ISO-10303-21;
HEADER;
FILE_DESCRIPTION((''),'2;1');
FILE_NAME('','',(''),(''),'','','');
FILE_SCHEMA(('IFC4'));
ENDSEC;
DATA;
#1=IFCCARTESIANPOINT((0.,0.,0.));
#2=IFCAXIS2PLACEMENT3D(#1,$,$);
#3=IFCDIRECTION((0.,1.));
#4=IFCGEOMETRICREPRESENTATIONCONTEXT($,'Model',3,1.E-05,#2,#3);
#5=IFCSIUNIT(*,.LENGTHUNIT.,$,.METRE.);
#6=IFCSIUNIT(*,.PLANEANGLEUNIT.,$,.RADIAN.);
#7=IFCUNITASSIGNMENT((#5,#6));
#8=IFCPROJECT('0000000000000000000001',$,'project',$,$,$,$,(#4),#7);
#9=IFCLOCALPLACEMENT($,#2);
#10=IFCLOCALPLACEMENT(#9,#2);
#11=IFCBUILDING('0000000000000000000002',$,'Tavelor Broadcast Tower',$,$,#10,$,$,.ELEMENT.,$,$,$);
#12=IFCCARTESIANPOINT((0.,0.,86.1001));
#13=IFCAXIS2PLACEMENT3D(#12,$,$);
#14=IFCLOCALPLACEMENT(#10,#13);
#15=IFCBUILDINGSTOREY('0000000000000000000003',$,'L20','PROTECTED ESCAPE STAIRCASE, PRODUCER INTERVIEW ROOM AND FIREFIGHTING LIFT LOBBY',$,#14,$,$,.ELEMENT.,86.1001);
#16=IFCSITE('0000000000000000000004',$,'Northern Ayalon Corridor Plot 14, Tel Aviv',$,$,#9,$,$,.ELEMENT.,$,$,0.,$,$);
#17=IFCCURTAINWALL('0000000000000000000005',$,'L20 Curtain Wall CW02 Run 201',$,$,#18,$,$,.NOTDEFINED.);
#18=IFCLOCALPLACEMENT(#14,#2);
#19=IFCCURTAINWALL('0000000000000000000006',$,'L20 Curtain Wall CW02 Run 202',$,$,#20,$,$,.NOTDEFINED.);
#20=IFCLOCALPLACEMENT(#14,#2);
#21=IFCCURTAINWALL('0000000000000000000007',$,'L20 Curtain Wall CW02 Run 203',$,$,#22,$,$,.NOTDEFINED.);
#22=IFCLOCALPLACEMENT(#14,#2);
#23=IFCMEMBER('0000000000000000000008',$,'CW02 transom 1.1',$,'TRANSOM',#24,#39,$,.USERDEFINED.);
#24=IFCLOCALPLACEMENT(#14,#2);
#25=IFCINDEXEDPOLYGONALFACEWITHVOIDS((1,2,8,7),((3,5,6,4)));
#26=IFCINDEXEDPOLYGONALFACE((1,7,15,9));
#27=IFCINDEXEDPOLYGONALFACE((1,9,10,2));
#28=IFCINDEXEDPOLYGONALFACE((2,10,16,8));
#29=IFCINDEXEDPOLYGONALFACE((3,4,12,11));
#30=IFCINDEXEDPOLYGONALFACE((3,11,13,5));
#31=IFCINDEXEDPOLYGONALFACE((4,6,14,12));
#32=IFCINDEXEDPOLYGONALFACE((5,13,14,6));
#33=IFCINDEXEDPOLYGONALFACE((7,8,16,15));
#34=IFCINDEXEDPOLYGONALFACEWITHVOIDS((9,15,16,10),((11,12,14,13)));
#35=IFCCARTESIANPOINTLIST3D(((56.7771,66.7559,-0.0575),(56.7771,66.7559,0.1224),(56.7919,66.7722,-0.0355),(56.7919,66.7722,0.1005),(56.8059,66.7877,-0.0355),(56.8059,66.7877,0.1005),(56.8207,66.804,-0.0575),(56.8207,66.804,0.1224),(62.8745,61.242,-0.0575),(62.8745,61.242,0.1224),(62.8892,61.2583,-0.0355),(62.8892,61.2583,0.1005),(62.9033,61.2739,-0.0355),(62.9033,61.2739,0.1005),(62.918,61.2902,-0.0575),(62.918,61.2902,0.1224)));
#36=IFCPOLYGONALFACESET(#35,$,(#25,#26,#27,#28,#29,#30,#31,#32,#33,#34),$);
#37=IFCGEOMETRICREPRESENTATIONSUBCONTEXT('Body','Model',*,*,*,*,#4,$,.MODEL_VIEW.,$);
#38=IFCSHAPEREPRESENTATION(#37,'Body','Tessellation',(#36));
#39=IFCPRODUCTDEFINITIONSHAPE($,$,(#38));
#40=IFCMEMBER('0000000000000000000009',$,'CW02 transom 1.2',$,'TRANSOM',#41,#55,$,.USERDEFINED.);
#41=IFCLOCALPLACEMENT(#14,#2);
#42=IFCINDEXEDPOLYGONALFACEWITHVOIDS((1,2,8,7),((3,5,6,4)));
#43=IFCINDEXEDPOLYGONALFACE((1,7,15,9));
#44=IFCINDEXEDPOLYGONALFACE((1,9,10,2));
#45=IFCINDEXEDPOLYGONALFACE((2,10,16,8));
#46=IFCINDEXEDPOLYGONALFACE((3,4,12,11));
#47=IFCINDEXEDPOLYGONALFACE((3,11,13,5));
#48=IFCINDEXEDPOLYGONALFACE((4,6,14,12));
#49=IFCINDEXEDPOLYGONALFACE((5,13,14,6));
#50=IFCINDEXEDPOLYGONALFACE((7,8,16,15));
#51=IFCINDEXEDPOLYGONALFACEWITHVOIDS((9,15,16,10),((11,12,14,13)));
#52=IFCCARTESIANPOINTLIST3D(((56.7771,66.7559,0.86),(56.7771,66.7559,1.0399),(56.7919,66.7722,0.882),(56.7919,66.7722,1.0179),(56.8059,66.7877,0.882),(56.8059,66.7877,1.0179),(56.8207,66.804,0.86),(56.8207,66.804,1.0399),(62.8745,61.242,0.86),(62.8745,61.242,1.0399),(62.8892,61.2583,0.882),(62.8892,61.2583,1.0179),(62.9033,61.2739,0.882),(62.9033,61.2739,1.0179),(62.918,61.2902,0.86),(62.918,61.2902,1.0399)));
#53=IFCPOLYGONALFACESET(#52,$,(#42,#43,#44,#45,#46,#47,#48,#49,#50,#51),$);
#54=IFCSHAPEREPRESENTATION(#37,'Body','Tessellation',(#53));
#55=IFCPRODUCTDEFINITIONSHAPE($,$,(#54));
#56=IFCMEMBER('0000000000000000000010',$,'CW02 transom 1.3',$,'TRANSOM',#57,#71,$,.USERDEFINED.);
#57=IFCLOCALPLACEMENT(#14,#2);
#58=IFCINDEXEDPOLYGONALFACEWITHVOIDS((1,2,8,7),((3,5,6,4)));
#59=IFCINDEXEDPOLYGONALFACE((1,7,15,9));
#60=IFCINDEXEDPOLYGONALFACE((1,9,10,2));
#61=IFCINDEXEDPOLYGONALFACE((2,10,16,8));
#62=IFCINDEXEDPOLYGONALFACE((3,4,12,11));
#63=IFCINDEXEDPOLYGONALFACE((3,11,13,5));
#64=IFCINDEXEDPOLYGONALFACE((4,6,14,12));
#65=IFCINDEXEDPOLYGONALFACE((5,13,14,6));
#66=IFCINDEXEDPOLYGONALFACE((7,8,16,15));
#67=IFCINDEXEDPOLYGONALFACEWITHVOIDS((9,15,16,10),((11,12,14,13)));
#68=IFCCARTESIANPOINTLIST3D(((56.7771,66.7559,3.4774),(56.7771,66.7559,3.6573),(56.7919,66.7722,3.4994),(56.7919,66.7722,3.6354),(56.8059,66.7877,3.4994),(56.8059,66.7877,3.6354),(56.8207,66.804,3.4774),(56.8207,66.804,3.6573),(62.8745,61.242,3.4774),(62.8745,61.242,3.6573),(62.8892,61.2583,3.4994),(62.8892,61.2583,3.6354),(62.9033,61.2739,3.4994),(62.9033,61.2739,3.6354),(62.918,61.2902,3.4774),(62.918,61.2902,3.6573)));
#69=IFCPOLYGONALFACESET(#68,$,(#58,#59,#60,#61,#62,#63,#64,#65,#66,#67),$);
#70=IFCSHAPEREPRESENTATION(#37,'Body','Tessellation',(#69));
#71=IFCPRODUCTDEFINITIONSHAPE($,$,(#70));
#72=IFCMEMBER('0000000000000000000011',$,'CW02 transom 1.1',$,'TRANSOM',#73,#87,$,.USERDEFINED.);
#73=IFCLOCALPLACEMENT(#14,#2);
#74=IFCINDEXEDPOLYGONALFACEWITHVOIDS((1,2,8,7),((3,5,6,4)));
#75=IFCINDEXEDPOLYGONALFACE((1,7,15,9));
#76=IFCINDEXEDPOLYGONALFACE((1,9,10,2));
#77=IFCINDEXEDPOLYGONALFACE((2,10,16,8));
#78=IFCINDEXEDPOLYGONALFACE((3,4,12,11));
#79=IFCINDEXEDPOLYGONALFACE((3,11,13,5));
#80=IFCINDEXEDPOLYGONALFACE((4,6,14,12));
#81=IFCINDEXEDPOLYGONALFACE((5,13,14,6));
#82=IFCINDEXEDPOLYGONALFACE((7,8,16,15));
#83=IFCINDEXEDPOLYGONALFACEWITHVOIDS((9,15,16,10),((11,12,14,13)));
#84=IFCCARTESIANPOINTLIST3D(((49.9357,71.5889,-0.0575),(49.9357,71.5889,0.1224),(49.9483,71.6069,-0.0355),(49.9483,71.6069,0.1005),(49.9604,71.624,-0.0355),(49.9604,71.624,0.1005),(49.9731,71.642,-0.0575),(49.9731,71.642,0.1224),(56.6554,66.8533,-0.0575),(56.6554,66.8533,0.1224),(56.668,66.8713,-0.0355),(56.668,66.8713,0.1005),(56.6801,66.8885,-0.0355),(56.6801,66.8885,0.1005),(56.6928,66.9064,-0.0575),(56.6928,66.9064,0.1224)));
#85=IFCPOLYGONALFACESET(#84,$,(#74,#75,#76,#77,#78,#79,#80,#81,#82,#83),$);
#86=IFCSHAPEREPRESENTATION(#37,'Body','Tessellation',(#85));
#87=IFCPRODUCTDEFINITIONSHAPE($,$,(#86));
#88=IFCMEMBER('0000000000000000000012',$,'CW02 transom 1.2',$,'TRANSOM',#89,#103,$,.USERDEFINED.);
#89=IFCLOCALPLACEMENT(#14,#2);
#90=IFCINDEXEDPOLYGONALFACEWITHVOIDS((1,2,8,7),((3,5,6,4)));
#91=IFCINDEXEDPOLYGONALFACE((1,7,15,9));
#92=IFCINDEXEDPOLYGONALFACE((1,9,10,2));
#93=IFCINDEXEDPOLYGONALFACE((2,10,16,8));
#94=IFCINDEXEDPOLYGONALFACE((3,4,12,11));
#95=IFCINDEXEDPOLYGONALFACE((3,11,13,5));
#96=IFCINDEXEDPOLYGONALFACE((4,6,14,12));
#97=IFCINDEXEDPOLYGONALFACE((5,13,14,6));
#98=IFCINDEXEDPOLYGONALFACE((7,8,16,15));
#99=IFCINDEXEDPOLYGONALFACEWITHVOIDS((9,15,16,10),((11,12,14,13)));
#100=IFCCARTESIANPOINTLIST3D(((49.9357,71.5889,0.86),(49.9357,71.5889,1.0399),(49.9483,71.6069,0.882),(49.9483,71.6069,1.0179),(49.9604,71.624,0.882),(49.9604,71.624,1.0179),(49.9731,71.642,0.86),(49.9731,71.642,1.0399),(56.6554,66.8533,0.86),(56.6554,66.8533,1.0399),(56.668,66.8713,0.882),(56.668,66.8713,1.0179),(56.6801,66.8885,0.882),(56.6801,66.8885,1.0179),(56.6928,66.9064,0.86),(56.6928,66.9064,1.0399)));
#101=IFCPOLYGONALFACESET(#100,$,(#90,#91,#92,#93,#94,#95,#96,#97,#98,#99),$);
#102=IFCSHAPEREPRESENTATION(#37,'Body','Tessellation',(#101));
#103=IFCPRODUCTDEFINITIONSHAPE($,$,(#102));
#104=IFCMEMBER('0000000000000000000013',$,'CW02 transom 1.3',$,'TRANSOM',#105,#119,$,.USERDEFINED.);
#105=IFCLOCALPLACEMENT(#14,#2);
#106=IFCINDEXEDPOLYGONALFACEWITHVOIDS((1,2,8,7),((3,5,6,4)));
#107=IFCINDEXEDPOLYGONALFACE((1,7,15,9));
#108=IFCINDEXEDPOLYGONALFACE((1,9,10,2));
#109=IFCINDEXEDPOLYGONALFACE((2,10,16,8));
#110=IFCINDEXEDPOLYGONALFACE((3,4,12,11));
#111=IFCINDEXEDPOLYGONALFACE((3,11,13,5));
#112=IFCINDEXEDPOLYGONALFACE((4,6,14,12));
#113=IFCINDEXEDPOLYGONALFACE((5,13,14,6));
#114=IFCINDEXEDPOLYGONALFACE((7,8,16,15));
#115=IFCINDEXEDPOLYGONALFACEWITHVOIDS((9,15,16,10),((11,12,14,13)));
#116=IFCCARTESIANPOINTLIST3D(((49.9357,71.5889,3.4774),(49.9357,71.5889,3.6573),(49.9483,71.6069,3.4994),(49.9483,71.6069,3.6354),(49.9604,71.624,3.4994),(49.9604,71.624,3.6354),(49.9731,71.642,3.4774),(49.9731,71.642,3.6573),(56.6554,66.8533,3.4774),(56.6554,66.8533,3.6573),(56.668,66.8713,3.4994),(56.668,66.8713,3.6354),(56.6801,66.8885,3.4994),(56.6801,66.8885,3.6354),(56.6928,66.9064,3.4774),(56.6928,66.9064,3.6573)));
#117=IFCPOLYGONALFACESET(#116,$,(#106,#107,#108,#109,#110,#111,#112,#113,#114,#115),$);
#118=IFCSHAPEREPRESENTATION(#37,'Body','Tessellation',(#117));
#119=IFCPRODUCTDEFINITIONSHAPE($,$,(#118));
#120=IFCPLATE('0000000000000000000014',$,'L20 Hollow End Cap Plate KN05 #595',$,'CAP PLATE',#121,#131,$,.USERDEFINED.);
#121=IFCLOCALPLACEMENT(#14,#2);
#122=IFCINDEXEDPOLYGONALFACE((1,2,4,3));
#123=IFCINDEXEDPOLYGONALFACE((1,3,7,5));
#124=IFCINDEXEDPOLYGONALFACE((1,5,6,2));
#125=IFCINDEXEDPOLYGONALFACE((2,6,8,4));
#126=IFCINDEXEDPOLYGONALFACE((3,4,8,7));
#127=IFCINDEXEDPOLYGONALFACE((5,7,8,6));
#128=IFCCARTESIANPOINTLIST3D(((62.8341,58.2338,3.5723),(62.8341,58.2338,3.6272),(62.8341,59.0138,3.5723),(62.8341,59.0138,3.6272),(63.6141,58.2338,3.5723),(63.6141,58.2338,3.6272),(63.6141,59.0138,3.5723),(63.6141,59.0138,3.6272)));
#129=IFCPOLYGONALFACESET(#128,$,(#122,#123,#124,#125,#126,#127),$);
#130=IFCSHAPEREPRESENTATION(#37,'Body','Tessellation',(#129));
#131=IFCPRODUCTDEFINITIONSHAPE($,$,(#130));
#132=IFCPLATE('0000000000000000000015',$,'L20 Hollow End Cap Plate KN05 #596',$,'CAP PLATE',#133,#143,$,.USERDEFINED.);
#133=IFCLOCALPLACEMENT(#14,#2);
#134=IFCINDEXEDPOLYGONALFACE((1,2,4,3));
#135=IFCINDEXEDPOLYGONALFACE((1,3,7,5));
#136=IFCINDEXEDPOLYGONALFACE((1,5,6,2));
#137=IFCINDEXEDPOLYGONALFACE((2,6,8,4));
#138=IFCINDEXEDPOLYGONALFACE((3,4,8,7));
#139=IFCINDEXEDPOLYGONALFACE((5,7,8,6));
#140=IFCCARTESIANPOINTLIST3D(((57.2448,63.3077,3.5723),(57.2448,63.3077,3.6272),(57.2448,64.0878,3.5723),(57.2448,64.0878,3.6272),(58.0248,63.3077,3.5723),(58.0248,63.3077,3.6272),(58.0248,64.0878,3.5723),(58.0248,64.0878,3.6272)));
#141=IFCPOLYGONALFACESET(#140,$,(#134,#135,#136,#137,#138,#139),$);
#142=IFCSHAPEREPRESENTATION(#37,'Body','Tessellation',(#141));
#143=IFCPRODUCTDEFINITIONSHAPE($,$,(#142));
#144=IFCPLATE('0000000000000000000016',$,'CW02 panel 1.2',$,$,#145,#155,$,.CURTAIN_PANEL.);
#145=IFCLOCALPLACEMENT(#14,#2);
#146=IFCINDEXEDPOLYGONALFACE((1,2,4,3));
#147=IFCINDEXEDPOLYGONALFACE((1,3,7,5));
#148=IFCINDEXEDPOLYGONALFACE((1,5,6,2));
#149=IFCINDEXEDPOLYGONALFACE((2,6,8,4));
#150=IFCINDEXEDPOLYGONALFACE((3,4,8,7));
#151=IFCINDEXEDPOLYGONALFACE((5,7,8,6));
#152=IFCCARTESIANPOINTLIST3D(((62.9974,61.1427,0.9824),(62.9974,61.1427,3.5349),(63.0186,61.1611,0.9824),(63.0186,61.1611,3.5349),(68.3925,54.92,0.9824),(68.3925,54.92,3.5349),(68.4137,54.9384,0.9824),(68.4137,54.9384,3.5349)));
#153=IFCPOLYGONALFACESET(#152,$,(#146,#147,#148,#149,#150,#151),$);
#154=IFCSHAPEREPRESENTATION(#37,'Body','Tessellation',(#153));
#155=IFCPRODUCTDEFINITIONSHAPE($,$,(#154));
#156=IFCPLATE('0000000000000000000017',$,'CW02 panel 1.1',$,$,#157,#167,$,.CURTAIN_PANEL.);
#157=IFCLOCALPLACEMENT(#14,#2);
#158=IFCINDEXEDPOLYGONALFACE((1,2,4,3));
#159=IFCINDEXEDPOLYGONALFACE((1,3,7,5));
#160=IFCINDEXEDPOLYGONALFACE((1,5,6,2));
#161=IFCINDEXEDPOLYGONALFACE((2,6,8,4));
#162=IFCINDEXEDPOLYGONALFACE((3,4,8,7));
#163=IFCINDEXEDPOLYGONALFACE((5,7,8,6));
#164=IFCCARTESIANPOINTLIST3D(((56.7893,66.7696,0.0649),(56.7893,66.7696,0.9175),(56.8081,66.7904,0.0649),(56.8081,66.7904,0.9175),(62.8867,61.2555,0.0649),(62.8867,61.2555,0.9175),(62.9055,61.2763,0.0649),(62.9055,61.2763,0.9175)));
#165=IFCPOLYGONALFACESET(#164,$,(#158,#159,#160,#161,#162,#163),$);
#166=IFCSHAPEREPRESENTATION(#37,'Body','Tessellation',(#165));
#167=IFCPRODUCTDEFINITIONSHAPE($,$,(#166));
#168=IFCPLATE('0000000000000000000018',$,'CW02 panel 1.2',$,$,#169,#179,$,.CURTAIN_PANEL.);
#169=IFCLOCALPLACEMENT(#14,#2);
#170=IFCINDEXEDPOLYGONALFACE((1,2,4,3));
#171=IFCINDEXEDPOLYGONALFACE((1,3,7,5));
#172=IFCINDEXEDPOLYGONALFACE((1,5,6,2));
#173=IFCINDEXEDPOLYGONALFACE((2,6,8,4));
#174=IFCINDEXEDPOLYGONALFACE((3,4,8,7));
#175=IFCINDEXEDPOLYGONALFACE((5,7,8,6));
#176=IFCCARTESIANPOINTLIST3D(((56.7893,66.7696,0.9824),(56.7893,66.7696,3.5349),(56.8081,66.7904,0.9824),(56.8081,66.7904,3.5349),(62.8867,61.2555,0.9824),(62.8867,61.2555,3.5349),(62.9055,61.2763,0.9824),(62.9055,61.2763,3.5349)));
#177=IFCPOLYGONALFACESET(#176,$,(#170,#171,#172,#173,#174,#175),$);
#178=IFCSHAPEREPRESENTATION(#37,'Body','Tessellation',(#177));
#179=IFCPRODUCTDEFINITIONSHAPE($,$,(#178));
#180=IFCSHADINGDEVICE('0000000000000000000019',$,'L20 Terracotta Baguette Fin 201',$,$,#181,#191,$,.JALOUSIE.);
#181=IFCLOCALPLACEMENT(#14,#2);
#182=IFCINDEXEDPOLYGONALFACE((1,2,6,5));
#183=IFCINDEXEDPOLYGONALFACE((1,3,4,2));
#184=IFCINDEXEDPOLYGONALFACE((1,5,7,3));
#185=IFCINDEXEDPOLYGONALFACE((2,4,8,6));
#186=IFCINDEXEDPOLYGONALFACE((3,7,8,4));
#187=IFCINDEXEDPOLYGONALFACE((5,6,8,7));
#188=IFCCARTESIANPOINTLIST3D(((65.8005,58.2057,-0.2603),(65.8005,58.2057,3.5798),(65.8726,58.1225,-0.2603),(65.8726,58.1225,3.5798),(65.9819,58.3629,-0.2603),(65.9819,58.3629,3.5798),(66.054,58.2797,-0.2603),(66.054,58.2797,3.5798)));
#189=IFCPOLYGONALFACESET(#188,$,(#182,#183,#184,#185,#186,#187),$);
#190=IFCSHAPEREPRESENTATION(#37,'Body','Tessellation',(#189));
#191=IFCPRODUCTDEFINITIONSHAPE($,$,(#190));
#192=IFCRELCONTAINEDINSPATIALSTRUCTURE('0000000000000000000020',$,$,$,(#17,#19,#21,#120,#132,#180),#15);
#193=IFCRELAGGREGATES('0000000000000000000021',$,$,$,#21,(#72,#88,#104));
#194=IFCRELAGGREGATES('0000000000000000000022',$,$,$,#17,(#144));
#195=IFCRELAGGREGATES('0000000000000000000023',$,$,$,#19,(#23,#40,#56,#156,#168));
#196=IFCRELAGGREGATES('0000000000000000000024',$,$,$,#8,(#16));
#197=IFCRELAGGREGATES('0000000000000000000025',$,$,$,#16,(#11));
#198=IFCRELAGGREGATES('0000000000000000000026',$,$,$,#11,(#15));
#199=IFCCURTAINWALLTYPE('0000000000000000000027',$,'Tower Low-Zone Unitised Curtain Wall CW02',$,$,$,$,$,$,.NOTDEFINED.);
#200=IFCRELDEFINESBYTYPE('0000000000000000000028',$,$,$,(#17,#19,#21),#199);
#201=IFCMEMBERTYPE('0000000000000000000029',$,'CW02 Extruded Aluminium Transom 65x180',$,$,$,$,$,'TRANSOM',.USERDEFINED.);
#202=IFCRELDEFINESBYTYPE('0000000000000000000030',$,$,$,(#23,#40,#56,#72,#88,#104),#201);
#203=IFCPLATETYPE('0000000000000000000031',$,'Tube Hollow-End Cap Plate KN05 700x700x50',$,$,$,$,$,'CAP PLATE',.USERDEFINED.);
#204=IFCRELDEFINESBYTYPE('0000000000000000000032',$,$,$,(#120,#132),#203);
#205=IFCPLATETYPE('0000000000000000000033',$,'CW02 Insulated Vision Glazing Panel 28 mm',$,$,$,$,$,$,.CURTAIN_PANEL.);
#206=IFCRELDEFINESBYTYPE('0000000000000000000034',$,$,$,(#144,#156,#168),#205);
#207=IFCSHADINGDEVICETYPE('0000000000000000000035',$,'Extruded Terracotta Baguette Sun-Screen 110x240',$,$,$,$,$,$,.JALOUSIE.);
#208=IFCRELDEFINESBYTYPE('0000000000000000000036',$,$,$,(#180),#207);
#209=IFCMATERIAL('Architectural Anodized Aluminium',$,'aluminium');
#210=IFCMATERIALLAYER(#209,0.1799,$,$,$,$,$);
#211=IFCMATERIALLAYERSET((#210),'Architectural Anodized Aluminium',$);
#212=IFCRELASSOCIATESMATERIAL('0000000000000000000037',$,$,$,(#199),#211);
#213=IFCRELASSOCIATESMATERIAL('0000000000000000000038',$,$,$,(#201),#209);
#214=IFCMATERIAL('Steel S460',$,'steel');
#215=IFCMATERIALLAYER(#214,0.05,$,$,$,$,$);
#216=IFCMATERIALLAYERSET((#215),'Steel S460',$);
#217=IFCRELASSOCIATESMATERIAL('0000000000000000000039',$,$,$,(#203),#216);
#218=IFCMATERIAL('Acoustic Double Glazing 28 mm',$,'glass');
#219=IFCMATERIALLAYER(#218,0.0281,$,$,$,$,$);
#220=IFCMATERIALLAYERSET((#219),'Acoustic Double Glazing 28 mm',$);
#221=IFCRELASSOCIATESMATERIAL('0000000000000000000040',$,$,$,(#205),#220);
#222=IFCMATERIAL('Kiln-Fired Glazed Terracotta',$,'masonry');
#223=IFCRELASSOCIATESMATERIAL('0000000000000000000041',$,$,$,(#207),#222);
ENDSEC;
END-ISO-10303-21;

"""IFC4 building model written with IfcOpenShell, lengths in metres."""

from ifc_helpers import new_model, si_unit, direction, frame, origin, origin_2d, place, context, subcontext, project, spatial, rectangle, hollow_rectangle, extrude, source, transform, mapped, material, layer, layer_set, material_profile, profile_set, type_object, type_shapes, element, aggregate, save


model = new_model("IFC4")

# Units and contexts
model_context = context("Model", 3, precision=1e-05, world=origin(), true_north=direction((0.0, 1.0)))
body_context = subcontext(model_context, "Body", "Model", "MODEL_VIEW")
ifc_project = project(units=[si_unit("LENGTHUNIT", "METRE"), si_unit("PLANEANGLEUNIT", "RADIAN")], contexts=[model_context])

# Site, building, storey
site_placement = place(None, origin())
site = spatial("IfcSite", under=ifc_project, at=site_placement, Name="Northern Ayalon Corridor Plot 14, Tel Aviv", CompositionType="ELEMENT", RefElevation=0.0)
building_placement = place(site_placement, origin())
building = spatial("IfcBuilding", under=site, at=building_placement, Name="Tavelor Broadcast Tower", CompositionType="ELEMENT")
storey_placement = place(building_placement, frame((0.0, 0.0, 86.1001)))
storey = spatial("IfcBuildingStorey", under=building, at=storey_placement, Name="L20", Description="PROTECTED ESCAPE STAIRCASE, PRODUCER INTERVIEW ROOM AND FIREFIGHTING LIFT LOBBY", CompositionType="ELEMENT", Elevation=86.1001)

# Shared definitions
ifc_material_1 = material(Name="Steel S460", Category="steel")

# Curtain wall
ifc_material_2 = material(Name="Architectural Anodized Aluminium", Category="aluminium")
ifc_layer_1 = layer(ifc_material_2, 0.1799)
ifc_layer_set_1 = layer_set([ifc_layer_1], Name="Architectural Anodized Aluminium")
curtain_wall_type = type_object("IfcCurtainWallType", Name="Tower Low-Zone Unitised Curtain Wall CW02", PredefinedType="NOTDEFINED", material=ifc_layer_set_1)
curtain_wall_1_placement = place(storey_placement, origin())
curtain_wall_1 = element("IfcCurtainWall", 1, at=curtain_wall_1_placement, inside=storey, type_object=curtain_wall_type, Name="L20 Curtain Wall CW02 Run 201", PredefinedType="NOTDEFINED")

# Curtain wall
curtain_wall_2_placement = place(storey_placement, origin())
curtain_wall_2 = element("IfcCurtainWall", 2, at=curtain_wall_2_placement, inside=storey, type_object=curtain_wall_type, Name="L20 Curtain Wall CW02 Run 202", PredefinedType="NOTDEFINED")

# Curtain wall
curtain_wall_3_placement = place(storey_placement, origin())
curtain_wall_3 = element("IfcCurtainWall", 3, at=curtain_wall_3_placement, inside=storey, type_object=curtain_wall_type, Name="L20 Curtain Wall CW02 Run 203", PredefinedType="NOTDEFINED")

# Members
ifc_material_profile_1 = material_profile(ifc_material_2, hollow_rectangle(XDim=0.0649, YDim=0.1799, WallThickness=0.022, at=origin_2d()), Name="RHS 65x180x22")
ifc_profile_set_1 = profile_set([ifc_material_profile_1], Name="Architectural Anodized Aluminium")
member_type_1 = type_object("IfcMemberType", Name="CW02 Extruded Aluminium Transom 65x180", ElementType="TRANSOM", PredefinedType="USERDEFINED", material=ifc_profile_set_1)
shared_shape_1 = source(origin(), body_context, "Body", "SweptSolid", [
    extrude(hollow_rectangle(XDim=0.0649, YDim=0.1799, WallThickness=0.022, at=origin_2d()), origin(), (0.0, 0.0, 1.0), 8.2207),
])
type_shapes(member_type_1, [shared_shape_1])
member_1_placement = place(storey_placement, frame((62.8962, 61.2661, 0.0325), z_axis=(-0.741705, 0.670727, 0.0), x_axis=(-0.670727, -0.741705, 0.0)))
member_1 = element("IfcMember", 4, at=member_1_placement, type_object=member_type_1, Name="CW02 transom 1.1", ObjectType="TRANSOM", PredefinedType="USERDEFINED", context=body_context, shape_type="MappedRepresentation", body=[
    mapped(shared_shape_1, transform((0.0, 0.0, 0.0), scale=1.0)),
])
member_2_placement = place(storey_placement, frame((62.8962, 61.2661, 0.95), z_axis=(-0.741705, 0.670727, 0.0), x_axis=(-0.670727, -0.741705, 0.0)))
member_2 = element("IfcMember", 5, at=member_2_placement, type_object=member_type_1, Name="CW02 transom 1.2", ObjectType="TRANSOM", PredefinedType="USERDEFINED", context=body_context, shape_type="MappedRepresentation", body=[
    mapped(shared_shape_1, transform((0.0, 0.0, 0.0), scale=1.0)),
])
member_3_placement = place(storey_placement, frame((62.8962, 61.2661, 3.5674), z_axis=(-0.741705, 0.670727, 0.0), x_axis=(-0.670727, -0.741705, 0.0)))
member_3 = element("IfcMember", 6, at=member_3_placement, type_object=member_type_1, Name="CW02 transom 1.3", ObjectType="TRANSOM", PredefinedType="USERDEFINED", context=body_context, shape_type="MappedRepresentation", body=[
    mapped(shared_shape_1, transform((0.0, 0.0, 0.0), scale=1.0)),
])
member_4_placement = place(storey_placement, frame((56.6741, 66.8799, 0.0325), z_axis=(-0.817411, 0.576055, 0.0), x_axis=(-0.576055, -0.817411, 0.0)))
member_4 = element("IfcMember", 7, at=member_4_placement, type_object=member_type_1, Name="CW02 transom 1.1", ObjectType="TRANSOM", PredefinedType="USERDEFINED", context=body_context, shape_type="MappedRepresentation", body=[
    mapped(shared_shape_1, transform((0.0, 0.0, 0.0), scale=1.0)),
])
member_5_placement = place(storey_placement, frame((56.6741, 66.8799, 0.95), z_axis=(-0.817411, 0.576055, 0.0), x_axis=(-0.576055, -0.817411, 0.0)))
member_5 = element("IfcMember", 8, at=member_5_placement, type_object=member_type_1, Name="CW02 transom 1.2", ObjectType="TRANSOM", PredefinedType="USERDEFINED", context=body_context, shape_type="MappedRepresentation", body=[
    mapped(shared_shape_1, transform((0.0, 0.0, 0.0), scale=1.0)),
])
member_6_placement = place(storey_placement, frame((56.6741, 66.8799, 3.5674), z_axis=(-0.817411, 0.576055, 0.0), x_axis=(-0.576055, -0.817411, 0.0)))
member_6 = element("IfcMember", 9, at=member_6_placement, type_object=member_type_1, Name="CW02 transom 1.3", ObjectType="TRANSOM", PredefinedType="USERDEFINED", context=body_context, shape_type="MappedRepresentation", body=[
    mapped(shared_shape_1, transform((0.0, 0.0, 0.0), scale=1.0)),
])
aggregate(curtain_wall_3, [member_4, member_5, member_6])

# Plates
ifc_layer_2 = layer(ifc_material_1, 0.05)
ifc_layer_set_2 = layer_set([ifc_layer_2], Name="Steel S460")
plate_type_1 = type_object("IfcPlateType", Name="Tube Hollow-End Cap Plate KN05 700x700x50", ElementType="CAP PLATE", PredefinedType="USERDEFINED", material=ifc_layer_set_2)
shared_shape_2 = source(origin(), body_context, "Body", "SweptSolid", [
    extrude(rectangle(XDim=0.78, YDim=0.78, at=origin_2d()), origin(), (0.0, 0.0, 1.0), 0.0549),
])
type_shapes(plate_type_1, [shared_shape_2])
for number, where, z_axis, x_axis, name in (
    (10, (63.2241, 58.6238, 3.5723), (0.0, 0.0, 1.0), (1.0, 0.0, 0.0), "L20 Hollow End Cap Plate KN05 #595"),
    (11, (57.6348, 63.6978, 3.5723), (0.0, 0.0, 1.0), (1.0, 0.0, 0.0), "L20 Hollow End Cap Plate KN05 #596"),
):
    element("IfcPlate", number, at=place(storey_placement, frame(where, z_axis=z_axis, x_axis=x_axis)), inside=storey, type_object=plate_type_1, Name=name, ObjectType="CAP PLATE", PredefinedType="USERDEFINED", context=body_context, shape_type="MappedRepresentation", body=[
        mapped(shared_shape_2, transform((0.0, 0.0, 0.0), scale=1.0)),
    ])

# Plates
ifc_material_3 = material(Name="Acoustic Double Glazing 28 mm", Category="glass")
ifc_layer_3 = layer(ifc_material_3, 0.0281)
ifc_layer_set_3 = layer_set([ifc_layer_3], Name="Acoustic Double Glazing 28 mm")
plate_type_2 = type_object("IfcPlateType", Name="CW02 Insulated Vision Glazing Panel 28 mm", PredefinedType="CURTAIN_PANEL", material=ifc_layer_set_3)
shared_shape_3 = source(origin(), body_context, "Body", "SweptSolid", [
    extrude(rectangle(XDim=8.2358, YDim=0.0281, at=origin_2d()), origin(), (0.0, 0.0, 1.0), 2.5525),
])
plate_1_placement = place(storey_placement, frame((65.7056, 58.0405, 0.9824), z_axis=(0.0, 0.0, 1.0), x_axis=(-0.655074, 0.755565, 0.0)))
plate_1 = element("IfcPlate", 12, at=plate_1_placement, type_object=plate_type_2, Name="CW02 panel 1.2", PredefinedType="CURTAIN_PANEL", context=body_context, shape_type="MappedRepresentation", body=[
    mapped(shared_shape_3, transform((0.0, 0.0, 0.0), scale=1.0)),
])
aggregate(curtain_wall_1, [plate_1])
shared_shape_4 = source(origin(), body_context, "Body", "SweptSolid", [
    extrude(rectangle(XDim=8.2209, YDim=0.0281, at=origin_2d()), origin(), (0.0, 0.0, 1.0), 0.8525),
])
plate_2_placement = place(storey_placement, frame((59.8474, 64.0229, 0.0649), z_axis=(0.0, 0.0, 1.0), x_axis=(-0.741692, 0.670741, 0.0)))
plate_2 = element("IfcPlate", 13, at=plate_2_placement, type_object=plate_type_2, Name="CW02 panel 1.1", PredefinedType="CURTAIN_PANEL", context=body_context, shape_type="MappedRepresentation", body=[
    mapped(shared_shape_4, transform((0.0, 0.0, 0.0), scale=1.0)),
])
shared_shape_5 = source(origin(), body_context, "Body", "SweptSolid", [
    extrude(rectangle(XDim=8.2209, YDim=0.0281, at=origin_2d()), origin(), (0.0, 0.0, 1.0), 2.5525),
])
type_shapes(plate_type_2, [shared_shape_3, shared_shape_4, shared_shape_5])
plate_3_placement = place(storey_placement, frame((59.8474, 64.0229, 0.9824), z_axis=(0.0, 0.0, 1.0), x_axis=(-0.741692, 0.670741, 0.0)))
plate_3 = element("IfcPlate", 14, at=plate_3_placement, type_object=plate_type_2, Name="CW02 panel 1.2", PredefinedType="CURTAIN_PANEL", context=body_context, shape_type="MappedRepresentation", body=[
    mapped(shared_shape_5, transform((0.0, 0.0, 0.0), scale=1.0)),
])
aggregate(curtain_wall_2, [member_1, member_2, member_3, plate_2, plate_3])

# Shading device
ifc_material_4 = material(Name="Kiln-Fired Glazed Terracotta", Category="masonry")
shading_device_type = type_object("IfcShadingDeviceType", Name="Extruded Terracotta Baguette Sun-Screen 110x240", PredefinedType="JALOUSIE", material=ifc_material_4)
shared_shape_6 = source(origin(), body_context, "Body", "SweptSolid", [
    extrude(rectangle(XDim=0.1101, YDim=0.24, at=origin_2d()), origin(), (0.0, 0.0, 1.0), 3.8401),
])
type_shapes(shading_device_type, [shared_shape_6])
for number, where, z_axis, x_axis, name in (
    (15, (65.9272, 58.2427, -0.2603), (0.0, 0.0, 1.0), (-0.655005, 0.755625, 0.0), "L20 Terracotta Baguette Fin 201"),
):
    element("IfcShadingDevice", number, at=place(storey_placement, frame(where, z_axis=z_axis, x_axis=x_axis)), inside=storey, type_object=shading_device_type, Name=name, PredefinedType="JALOUSIE", context=body_context, shape_type="MappedRepresentation", body=[
        mapped(shared_shape_6, transform((0.0, 0.0, 0.0), scale=1.0)),
    ])

save(model, "model.ifc")
